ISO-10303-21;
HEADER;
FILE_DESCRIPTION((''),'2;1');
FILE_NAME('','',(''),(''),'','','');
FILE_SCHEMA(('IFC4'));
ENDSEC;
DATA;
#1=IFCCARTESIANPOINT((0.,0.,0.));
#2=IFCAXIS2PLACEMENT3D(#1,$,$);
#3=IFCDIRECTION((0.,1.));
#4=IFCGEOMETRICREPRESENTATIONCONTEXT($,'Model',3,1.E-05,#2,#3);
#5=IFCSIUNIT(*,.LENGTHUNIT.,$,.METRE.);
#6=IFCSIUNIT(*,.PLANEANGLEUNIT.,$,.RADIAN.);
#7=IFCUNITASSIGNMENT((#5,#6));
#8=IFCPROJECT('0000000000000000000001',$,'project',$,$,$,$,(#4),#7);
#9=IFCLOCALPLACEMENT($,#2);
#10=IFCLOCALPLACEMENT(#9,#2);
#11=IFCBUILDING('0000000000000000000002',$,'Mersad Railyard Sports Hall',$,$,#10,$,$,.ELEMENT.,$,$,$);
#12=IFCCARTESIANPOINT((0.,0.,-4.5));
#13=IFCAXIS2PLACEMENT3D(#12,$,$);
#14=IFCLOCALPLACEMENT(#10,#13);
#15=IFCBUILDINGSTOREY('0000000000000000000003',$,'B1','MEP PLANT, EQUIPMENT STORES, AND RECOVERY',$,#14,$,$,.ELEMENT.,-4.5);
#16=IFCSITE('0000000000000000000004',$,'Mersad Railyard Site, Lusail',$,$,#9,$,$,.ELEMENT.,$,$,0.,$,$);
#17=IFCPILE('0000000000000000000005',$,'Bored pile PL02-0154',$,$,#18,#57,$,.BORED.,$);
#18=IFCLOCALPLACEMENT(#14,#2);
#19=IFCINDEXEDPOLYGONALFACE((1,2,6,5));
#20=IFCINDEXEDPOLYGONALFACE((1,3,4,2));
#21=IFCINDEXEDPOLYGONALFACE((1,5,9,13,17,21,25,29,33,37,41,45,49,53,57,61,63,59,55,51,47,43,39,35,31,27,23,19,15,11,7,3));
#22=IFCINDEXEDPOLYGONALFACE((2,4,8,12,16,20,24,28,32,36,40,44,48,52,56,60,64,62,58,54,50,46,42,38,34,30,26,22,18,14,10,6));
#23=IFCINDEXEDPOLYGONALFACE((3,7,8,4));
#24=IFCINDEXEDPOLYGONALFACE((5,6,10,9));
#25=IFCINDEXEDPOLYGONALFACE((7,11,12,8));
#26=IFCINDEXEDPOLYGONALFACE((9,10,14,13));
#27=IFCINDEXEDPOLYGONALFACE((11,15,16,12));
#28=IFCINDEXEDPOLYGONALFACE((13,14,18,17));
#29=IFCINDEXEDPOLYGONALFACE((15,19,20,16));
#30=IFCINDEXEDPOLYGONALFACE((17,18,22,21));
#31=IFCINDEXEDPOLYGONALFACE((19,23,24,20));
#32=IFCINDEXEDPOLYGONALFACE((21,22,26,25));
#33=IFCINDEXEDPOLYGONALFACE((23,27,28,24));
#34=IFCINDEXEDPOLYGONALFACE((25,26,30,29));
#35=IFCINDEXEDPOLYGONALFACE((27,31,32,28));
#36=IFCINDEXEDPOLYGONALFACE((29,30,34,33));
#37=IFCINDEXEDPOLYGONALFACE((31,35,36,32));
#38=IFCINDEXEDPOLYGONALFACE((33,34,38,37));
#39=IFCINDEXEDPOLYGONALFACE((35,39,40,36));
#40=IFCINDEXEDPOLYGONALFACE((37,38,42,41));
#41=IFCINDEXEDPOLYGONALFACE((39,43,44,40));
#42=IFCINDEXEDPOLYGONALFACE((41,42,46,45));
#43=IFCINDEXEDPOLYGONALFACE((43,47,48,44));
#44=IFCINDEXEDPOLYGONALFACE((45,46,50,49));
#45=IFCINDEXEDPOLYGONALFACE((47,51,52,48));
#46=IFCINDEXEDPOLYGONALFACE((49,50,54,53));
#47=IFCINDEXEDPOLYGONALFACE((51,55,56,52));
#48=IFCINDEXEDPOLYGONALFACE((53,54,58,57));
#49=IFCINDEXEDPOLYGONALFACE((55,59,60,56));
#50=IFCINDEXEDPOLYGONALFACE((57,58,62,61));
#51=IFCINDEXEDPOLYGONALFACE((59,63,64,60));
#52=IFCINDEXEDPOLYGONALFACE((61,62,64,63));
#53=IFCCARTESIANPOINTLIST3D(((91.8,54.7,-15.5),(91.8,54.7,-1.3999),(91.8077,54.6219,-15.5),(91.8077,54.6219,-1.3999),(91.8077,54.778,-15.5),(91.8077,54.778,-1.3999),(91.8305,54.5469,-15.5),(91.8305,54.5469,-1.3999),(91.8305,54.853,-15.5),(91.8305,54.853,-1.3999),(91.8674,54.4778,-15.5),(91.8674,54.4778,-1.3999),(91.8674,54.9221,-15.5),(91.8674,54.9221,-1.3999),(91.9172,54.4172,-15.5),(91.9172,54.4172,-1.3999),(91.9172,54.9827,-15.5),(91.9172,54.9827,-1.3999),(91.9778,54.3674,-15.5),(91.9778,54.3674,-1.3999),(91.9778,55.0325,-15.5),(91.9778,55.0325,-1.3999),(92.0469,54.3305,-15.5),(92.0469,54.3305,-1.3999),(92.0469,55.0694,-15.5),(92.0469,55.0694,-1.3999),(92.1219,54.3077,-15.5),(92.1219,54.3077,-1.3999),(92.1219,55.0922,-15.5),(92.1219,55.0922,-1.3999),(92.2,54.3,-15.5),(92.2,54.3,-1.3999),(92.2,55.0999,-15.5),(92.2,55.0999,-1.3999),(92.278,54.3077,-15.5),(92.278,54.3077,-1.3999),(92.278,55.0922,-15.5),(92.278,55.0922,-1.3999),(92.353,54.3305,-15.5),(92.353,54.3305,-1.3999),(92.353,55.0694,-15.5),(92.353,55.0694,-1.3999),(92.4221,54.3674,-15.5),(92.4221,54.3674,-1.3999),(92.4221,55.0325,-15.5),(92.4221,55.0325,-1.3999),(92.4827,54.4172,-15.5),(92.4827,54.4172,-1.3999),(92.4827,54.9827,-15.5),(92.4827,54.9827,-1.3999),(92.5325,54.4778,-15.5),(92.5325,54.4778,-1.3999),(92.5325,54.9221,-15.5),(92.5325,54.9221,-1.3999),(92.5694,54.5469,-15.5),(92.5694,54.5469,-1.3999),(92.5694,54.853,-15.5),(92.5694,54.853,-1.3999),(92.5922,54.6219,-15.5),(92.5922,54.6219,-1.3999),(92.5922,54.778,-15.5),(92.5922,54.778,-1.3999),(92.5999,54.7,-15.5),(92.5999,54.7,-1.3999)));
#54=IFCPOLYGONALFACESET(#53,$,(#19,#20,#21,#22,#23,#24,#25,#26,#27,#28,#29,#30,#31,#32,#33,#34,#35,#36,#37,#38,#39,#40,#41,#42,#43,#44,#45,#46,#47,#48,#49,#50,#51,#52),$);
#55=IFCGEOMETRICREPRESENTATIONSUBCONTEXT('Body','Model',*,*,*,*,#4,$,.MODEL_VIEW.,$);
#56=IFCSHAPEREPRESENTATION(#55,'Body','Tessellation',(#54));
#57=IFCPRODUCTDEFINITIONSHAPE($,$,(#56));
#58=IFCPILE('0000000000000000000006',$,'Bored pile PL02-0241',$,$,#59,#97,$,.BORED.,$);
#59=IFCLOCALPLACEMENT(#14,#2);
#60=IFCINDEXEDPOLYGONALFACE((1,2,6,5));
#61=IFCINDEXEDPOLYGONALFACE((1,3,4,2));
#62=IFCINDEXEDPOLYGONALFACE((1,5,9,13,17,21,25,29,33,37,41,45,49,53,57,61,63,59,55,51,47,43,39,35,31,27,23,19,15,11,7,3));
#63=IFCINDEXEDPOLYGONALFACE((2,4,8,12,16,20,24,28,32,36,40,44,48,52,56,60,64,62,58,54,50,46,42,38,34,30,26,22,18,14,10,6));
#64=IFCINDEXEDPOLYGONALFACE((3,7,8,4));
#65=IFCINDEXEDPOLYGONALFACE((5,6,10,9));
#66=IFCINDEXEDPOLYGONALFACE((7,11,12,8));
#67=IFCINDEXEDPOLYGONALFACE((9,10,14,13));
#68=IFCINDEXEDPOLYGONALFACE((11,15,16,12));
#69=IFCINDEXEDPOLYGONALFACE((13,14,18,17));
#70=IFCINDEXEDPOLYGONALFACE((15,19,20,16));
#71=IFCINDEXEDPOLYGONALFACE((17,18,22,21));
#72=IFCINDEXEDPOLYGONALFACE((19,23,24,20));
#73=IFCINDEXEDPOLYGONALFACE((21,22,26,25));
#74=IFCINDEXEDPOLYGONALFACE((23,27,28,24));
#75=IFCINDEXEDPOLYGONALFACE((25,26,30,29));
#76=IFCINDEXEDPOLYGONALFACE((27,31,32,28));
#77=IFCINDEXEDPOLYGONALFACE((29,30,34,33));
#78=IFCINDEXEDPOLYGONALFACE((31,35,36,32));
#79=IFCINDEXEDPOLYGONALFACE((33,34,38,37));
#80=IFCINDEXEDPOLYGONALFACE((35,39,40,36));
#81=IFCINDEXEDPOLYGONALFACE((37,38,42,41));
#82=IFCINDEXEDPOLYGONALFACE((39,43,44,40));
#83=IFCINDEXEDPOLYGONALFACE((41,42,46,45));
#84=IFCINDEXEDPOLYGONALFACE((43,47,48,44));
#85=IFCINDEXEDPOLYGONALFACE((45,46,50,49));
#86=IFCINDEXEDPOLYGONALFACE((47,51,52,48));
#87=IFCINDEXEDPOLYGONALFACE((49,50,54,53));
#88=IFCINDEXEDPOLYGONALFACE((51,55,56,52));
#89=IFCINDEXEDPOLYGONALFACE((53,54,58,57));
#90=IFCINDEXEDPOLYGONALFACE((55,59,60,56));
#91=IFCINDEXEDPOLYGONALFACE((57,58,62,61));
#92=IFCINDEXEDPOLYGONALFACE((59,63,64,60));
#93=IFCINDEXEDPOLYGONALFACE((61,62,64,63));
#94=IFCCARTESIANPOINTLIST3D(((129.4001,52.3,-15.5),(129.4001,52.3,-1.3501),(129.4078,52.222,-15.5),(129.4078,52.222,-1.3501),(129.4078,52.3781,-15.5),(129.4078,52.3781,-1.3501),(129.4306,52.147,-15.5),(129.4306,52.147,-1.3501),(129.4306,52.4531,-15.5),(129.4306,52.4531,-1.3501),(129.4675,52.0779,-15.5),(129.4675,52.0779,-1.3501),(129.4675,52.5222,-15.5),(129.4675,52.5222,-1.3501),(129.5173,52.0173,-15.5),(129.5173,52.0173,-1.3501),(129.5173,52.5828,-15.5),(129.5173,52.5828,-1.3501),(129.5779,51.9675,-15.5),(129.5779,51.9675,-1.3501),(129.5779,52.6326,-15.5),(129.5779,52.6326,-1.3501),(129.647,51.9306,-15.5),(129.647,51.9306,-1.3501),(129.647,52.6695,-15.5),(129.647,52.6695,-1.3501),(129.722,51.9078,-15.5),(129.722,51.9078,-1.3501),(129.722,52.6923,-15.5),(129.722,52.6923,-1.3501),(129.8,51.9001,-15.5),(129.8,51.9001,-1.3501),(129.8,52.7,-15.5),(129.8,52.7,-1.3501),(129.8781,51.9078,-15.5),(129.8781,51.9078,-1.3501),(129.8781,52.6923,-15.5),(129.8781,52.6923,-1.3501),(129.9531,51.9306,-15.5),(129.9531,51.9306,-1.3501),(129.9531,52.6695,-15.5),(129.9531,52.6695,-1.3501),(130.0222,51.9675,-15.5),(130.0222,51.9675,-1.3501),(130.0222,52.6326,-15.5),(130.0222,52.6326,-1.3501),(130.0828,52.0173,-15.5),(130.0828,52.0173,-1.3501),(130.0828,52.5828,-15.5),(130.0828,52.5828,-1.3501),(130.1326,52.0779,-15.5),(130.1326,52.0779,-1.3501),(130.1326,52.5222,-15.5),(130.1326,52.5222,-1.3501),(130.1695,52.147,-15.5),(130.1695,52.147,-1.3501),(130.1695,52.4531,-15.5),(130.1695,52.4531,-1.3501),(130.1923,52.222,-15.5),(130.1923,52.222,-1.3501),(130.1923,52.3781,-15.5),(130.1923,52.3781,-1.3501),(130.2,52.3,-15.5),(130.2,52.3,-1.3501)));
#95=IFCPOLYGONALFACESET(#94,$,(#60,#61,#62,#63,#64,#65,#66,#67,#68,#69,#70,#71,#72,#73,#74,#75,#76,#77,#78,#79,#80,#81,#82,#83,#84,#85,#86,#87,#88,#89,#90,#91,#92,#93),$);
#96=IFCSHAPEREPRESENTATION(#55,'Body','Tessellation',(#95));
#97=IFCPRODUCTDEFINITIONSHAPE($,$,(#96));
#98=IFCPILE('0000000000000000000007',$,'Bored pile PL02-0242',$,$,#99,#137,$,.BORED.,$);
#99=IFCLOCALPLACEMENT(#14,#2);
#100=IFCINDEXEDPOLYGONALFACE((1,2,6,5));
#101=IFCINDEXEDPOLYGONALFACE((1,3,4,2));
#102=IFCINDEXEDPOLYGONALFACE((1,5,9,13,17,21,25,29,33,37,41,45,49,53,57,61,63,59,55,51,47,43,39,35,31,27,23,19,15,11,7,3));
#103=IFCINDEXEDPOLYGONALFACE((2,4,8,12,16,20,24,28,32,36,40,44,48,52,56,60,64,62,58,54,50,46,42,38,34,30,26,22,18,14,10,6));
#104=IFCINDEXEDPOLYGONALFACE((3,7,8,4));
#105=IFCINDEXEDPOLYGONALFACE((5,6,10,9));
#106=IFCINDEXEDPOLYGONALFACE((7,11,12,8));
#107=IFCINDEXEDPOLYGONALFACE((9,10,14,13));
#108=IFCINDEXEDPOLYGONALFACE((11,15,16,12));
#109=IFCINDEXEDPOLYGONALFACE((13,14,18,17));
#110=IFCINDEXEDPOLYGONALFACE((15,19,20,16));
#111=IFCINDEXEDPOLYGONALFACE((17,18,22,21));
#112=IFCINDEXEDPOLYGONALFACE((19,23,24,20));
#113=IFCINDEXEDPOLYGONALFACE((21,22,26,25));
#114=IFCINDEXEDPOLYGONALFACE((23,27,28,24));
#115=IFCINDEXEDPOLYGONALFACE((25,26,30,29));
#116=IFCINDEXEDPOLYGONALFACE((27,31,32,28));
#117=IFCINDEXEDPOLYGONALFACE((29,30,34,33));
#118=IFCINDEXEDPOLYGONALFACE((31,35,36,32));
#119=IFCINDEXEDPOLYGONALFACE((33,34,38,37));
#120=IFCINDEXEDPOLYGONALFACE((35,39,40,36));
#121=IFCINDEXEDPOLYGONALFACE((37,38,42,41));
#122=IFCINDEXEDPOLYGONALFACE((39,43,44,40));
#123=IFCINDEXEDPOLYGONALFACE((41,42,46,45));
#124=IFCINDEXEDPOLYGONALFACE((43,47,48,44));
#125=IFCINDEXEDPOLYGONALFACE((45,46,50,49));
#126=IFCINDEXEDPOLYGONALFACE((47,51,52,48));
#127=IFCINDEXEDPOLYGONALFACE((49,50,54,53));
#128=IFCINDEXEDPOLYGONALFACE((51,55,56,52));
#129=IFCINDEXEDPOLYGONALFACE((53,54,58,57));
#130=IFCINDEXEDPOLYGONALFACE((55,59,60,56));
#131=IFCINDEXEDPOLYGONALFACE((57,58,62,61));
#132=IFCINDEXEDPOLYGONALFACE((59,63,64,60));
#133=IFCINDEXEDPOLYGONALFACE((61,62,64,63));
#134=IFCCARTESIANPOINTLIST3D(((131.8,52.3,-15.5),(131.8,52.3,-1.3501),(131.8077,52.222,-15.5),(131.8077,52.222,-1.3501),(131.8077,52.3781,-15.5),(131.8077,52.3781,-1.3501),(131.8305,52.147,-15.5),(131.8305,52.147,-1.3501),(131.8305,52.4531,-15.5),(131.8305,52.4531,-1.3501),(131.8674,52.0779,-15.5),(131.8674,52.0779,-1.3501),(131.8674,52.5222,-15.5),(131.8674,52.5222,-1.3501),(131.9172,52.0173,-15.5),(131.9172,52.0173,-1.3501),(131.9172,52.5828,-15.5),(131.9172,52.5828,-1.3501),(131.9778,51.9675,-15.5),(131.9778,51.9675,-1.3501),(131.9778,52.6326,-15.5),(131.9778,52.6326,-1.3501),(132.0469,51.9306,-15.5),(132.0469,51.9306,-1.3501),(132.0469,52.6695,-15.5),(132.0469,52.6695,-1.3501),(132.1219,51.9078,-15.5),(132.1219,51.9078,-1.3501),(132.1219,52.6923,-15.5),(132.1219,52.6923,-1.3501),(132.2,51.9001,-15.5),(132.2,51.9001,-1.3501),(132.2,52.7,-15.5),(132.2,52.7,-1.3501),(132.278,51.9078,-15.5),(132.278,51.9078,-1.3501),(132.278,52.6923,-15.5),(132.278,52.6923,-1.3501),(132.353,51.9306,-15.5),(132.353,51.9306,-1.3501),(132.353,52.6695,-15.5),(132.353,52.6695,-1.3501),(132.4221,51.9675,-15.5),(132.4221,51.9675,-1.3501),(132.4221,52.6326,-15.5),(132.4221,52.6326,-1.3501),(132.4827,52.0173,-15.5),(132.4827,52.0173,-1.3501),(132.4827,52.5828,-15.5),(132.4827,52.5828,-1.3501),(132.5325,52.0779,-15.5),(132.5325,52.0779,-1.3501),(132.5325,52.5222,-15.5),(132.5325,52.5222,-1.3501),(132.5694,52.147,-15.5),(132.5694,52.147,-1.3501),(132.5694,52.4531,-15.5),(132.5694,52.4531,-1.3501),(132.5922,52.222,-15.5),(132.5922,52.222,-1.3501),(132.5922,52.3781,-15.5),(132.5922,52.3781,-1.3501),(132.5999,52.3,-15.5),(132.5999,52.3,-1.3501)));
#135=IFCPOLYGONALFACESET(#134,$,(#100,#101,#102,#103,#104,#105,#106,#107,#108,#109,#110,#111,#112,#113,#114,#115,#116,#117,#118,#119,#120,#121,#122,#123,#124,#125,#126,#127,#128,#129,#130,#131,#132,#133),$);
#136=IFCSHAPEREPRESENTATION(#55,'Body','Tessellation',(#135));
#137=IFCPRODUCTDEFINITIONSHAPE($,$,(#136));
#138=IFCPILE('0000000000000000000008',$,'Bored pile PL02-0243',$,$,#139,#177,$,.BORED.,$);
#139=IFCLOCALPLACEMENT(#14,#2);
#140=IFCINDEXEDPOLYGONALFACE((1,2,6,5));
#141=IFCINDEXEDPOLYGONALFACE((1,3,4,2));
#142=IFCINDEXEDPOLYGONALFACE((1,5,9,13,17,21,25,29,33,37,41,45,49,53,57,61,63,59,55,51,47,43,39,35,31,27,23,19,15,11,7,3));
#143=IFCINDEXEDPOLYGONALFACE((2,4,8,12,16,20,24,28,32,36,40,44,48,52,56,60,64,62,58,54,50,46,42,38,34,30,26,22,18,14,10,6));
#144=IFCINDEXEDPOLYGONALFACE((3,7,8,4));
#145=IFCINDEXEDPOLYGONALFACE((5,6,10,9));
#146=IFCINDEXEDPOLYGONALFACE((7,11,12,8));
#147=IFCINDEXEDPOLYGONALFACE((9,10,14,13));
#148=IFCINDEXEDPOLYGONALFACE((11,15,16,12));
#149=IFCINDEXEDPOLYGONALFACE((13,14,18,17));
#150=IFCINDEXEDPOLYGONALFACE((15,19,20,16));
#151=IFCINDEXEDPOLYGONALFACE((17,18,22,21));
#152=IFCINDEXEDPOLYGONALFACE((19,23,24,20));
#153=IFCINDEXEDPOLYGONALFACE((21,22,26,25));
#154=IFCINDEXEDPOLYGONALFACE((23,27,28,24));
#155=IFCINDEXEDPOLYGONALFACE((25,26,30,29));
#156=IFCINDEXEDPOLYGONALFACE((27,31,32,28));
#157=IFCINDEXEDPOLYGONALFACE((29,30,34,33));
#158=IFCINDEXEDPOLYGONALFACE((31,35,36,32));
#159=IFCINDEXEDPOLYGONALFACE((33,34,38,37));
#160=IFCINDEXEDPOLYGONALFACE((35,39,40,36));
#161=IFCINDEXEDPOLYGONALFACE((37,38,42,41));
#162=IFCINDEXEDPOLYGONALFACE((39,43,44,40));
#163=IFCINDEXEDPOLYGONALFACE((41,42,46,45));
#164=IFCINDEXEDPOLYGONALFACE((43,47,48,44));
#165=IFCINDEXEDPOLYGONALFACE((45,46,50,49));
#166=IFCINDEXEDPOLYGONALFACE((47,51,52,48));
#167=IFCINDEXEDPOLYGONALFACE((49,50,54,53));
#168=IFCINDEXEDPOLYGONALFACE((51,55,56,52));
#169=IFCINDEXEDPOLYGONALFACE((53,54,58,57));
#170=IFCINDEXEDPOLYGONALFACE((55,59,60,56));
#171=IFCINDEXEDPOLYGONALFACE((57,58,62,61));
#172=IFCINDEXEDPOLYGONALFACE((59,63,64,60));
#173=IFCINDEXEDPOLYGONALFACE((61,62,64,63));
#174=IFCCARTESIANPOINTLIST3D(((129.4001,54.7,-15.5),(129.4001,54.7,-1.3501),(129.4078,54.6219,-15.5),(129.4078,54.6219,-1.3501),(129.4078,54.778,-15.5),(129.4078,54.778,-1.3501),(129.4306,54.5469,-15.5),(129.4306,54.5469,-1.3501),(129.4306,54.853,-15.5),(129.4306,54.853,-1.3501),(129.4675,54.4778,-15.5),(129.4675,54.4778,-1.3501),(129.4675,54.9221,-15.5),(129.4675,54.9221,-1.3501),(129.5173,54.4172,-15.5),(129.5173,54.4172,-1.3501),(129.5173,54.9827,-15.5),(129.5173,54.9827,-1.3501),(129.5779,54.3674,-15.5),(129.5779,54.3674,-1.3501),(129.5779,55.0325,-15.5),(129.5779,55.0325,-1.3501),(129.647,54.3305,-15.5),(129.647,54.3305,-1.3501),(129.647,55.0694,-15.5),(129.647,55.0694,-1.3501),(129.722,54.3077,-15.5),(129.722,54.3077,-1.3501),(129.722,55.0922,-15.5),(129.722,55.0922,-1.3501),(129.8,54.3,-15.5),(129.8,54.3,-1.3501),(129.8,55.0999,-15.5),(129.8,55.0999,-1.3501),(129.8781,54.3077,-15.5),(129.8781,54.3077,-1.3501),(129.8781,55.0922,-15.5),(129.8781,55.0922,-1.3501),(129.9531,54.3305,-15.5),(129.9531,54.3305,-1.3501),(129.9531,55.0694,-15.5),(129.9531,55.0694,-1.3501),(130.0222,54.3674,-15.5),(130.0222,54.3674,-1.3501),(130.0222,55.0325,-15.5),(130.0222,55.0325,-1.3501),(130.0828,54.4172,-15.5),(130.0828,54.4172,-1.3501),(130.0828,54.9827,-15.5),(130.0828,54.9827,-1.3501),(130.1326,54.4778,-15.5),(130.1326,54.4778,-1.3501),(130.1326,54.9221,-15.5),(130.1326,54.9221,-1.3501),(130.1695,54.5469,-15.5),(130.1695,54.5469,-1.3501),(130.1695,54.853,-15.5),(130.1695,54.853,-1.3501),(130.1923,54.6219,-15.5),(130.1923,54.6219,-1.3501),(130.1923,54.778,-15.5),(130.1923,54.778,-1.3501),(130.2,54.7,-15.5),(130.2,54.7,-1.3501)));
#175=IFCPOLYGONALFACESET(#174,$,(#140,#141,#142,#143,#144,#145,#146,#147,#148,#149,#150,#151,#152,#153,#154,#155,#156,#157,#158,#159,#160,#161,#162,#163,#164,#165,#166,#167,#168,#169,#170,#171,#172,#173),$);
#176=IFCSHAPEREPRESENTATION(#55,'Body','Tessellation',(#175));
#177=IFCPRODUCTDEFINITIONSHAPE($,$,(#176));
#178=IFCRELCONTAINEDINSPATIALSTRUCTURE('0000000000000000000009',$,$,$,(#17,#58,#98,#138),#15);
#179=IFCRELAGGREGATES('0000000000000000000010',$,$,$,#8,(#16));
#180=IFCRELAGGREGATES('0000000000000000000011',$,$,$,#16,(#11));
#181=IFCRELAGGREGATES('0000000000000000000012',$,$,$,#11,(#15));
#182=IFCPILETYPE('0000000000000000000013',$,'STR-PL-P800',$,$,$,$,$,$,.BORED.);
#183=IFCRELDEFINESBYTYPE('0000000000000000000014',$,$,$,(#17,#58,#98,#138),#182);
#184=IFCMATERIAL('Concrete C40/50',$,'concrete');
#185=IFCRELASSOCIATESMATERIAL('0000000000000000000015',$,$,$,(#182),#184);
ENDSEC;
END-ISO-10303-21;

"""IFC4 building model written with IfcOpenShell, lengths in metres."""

from ifc_helpers import new_model, si_unit, direction, frame, origin, origin_2d, place, context, subcontext, project, spatial, circle, extrude, material, material_profile, profile_set, type_object, element, save


model = new_model("IFC4")

# Units and contexts
model_context = context("Model", 3, precision=1e-05, world=origin(), true_north=direction((0.0, 1.0)))
body_context = subcontext(model_context, "Body", "Model", "MODEL_VIEW")
ifc_project = project(units=[si_unit("LENGTHUNIT", "METRE"), si_unit("PLANEANGLEUNIT", "RADIAN")], contexts=[model_context])

# Site, building, storey
site_placement = place(None, origin())
site = spatial("IfcSite", under=ifc_project, at=site_placement, Name="Mersad Railyard Site, Lusail", CompositionType="ELEMENT", RefElevation=0.0)
building_placement = place(site_placement, origin())
building = spatial("IfcBuilding", under=site, at=building_placement, Name="Mersad Railyard Sports Hall", CompositionType="ELEMENT")
storey_placement = place(building_placement, frame((0.0, 0.0, -4.5)))
storey = spatial("IfcBuildingStorey", under=building, at=storey_placement, Name="B1", Description="MEP PLANT, EQUIPMENT STORES, AND RECOVERY", CompositionType="ELEMENT", Elevation=-4.5)

# Shared definitions
ifc_material_1 = material(Name="Concrete C40/50", Category="concrete")

# Piles
ifc_material_profile_1 = material_profile(ifc_material_1, circle(Radius=0.3999, at=origin_2d()), Name="BORED PILE D800")
ifc_profile_set_1 = profile_set([ifc_material_profile_1], Name="Concrete C40/50")
pile_type_1 = type_object("IfcPileType", Name="STR-PL-P800", PredefinedType="BORED", material=ifc_profile_set_1)
for number, where, z_axis, x_axis, name in (
    (1, (92.2, 54.7, -1.3999), (0.0, 0.0, -1.0), (1.0, 0.0, 0.0), "Bored pile PL02-0154"),
):
    element("IfcPile", number, at=place(storey_placement, frame(where, z_axis=z_axis, x_axis=x_axis)), inside=storey, type_object=pile_type_1, Name=name, PredefinedType="BORED", context=body_context, shape_type="SweptSolid", body=[
        extrude(circle(Radius=0.3999, at=origin_2d()), origin(), (0.0, 0.0, 1.0), 14.1001),
    ])
for number, where, z_axis, x_axis, name in (
    (2, (129.8, 52.3, -1.3501), (0.0, 0.0, -1.0), (1.0, 0.0, 0.0), "Bored pile PL02-0241"),
    (3, (132.2, 52.3, -1.3501), (0.0, 0.0, -1.0), (1.0, 0.0, 0.0), "Bored pile PL02-0242"),
    (4, (129.8, 54.7, -1.3501), (0.0, 0.0, -1.0), (1.0, 0.0, 0.0), "Bored pile PL02-0243"),
):
    element("IfcPile", number, at=place(storey_placement, frame(where, z_axis=z_axis, x_axis=x_axis)), inside=storey, type_object=pile_type_1, Name=name, PredefinedType="BORED", context=body_context, shape_type="SweptSolid", body=[
        extrude(circle(Radius=0.3999, at=origin_2d()), origin(), (0.0, 0.0, 1.0), 14.1499),
    ])

save(model, "model.ifc")
